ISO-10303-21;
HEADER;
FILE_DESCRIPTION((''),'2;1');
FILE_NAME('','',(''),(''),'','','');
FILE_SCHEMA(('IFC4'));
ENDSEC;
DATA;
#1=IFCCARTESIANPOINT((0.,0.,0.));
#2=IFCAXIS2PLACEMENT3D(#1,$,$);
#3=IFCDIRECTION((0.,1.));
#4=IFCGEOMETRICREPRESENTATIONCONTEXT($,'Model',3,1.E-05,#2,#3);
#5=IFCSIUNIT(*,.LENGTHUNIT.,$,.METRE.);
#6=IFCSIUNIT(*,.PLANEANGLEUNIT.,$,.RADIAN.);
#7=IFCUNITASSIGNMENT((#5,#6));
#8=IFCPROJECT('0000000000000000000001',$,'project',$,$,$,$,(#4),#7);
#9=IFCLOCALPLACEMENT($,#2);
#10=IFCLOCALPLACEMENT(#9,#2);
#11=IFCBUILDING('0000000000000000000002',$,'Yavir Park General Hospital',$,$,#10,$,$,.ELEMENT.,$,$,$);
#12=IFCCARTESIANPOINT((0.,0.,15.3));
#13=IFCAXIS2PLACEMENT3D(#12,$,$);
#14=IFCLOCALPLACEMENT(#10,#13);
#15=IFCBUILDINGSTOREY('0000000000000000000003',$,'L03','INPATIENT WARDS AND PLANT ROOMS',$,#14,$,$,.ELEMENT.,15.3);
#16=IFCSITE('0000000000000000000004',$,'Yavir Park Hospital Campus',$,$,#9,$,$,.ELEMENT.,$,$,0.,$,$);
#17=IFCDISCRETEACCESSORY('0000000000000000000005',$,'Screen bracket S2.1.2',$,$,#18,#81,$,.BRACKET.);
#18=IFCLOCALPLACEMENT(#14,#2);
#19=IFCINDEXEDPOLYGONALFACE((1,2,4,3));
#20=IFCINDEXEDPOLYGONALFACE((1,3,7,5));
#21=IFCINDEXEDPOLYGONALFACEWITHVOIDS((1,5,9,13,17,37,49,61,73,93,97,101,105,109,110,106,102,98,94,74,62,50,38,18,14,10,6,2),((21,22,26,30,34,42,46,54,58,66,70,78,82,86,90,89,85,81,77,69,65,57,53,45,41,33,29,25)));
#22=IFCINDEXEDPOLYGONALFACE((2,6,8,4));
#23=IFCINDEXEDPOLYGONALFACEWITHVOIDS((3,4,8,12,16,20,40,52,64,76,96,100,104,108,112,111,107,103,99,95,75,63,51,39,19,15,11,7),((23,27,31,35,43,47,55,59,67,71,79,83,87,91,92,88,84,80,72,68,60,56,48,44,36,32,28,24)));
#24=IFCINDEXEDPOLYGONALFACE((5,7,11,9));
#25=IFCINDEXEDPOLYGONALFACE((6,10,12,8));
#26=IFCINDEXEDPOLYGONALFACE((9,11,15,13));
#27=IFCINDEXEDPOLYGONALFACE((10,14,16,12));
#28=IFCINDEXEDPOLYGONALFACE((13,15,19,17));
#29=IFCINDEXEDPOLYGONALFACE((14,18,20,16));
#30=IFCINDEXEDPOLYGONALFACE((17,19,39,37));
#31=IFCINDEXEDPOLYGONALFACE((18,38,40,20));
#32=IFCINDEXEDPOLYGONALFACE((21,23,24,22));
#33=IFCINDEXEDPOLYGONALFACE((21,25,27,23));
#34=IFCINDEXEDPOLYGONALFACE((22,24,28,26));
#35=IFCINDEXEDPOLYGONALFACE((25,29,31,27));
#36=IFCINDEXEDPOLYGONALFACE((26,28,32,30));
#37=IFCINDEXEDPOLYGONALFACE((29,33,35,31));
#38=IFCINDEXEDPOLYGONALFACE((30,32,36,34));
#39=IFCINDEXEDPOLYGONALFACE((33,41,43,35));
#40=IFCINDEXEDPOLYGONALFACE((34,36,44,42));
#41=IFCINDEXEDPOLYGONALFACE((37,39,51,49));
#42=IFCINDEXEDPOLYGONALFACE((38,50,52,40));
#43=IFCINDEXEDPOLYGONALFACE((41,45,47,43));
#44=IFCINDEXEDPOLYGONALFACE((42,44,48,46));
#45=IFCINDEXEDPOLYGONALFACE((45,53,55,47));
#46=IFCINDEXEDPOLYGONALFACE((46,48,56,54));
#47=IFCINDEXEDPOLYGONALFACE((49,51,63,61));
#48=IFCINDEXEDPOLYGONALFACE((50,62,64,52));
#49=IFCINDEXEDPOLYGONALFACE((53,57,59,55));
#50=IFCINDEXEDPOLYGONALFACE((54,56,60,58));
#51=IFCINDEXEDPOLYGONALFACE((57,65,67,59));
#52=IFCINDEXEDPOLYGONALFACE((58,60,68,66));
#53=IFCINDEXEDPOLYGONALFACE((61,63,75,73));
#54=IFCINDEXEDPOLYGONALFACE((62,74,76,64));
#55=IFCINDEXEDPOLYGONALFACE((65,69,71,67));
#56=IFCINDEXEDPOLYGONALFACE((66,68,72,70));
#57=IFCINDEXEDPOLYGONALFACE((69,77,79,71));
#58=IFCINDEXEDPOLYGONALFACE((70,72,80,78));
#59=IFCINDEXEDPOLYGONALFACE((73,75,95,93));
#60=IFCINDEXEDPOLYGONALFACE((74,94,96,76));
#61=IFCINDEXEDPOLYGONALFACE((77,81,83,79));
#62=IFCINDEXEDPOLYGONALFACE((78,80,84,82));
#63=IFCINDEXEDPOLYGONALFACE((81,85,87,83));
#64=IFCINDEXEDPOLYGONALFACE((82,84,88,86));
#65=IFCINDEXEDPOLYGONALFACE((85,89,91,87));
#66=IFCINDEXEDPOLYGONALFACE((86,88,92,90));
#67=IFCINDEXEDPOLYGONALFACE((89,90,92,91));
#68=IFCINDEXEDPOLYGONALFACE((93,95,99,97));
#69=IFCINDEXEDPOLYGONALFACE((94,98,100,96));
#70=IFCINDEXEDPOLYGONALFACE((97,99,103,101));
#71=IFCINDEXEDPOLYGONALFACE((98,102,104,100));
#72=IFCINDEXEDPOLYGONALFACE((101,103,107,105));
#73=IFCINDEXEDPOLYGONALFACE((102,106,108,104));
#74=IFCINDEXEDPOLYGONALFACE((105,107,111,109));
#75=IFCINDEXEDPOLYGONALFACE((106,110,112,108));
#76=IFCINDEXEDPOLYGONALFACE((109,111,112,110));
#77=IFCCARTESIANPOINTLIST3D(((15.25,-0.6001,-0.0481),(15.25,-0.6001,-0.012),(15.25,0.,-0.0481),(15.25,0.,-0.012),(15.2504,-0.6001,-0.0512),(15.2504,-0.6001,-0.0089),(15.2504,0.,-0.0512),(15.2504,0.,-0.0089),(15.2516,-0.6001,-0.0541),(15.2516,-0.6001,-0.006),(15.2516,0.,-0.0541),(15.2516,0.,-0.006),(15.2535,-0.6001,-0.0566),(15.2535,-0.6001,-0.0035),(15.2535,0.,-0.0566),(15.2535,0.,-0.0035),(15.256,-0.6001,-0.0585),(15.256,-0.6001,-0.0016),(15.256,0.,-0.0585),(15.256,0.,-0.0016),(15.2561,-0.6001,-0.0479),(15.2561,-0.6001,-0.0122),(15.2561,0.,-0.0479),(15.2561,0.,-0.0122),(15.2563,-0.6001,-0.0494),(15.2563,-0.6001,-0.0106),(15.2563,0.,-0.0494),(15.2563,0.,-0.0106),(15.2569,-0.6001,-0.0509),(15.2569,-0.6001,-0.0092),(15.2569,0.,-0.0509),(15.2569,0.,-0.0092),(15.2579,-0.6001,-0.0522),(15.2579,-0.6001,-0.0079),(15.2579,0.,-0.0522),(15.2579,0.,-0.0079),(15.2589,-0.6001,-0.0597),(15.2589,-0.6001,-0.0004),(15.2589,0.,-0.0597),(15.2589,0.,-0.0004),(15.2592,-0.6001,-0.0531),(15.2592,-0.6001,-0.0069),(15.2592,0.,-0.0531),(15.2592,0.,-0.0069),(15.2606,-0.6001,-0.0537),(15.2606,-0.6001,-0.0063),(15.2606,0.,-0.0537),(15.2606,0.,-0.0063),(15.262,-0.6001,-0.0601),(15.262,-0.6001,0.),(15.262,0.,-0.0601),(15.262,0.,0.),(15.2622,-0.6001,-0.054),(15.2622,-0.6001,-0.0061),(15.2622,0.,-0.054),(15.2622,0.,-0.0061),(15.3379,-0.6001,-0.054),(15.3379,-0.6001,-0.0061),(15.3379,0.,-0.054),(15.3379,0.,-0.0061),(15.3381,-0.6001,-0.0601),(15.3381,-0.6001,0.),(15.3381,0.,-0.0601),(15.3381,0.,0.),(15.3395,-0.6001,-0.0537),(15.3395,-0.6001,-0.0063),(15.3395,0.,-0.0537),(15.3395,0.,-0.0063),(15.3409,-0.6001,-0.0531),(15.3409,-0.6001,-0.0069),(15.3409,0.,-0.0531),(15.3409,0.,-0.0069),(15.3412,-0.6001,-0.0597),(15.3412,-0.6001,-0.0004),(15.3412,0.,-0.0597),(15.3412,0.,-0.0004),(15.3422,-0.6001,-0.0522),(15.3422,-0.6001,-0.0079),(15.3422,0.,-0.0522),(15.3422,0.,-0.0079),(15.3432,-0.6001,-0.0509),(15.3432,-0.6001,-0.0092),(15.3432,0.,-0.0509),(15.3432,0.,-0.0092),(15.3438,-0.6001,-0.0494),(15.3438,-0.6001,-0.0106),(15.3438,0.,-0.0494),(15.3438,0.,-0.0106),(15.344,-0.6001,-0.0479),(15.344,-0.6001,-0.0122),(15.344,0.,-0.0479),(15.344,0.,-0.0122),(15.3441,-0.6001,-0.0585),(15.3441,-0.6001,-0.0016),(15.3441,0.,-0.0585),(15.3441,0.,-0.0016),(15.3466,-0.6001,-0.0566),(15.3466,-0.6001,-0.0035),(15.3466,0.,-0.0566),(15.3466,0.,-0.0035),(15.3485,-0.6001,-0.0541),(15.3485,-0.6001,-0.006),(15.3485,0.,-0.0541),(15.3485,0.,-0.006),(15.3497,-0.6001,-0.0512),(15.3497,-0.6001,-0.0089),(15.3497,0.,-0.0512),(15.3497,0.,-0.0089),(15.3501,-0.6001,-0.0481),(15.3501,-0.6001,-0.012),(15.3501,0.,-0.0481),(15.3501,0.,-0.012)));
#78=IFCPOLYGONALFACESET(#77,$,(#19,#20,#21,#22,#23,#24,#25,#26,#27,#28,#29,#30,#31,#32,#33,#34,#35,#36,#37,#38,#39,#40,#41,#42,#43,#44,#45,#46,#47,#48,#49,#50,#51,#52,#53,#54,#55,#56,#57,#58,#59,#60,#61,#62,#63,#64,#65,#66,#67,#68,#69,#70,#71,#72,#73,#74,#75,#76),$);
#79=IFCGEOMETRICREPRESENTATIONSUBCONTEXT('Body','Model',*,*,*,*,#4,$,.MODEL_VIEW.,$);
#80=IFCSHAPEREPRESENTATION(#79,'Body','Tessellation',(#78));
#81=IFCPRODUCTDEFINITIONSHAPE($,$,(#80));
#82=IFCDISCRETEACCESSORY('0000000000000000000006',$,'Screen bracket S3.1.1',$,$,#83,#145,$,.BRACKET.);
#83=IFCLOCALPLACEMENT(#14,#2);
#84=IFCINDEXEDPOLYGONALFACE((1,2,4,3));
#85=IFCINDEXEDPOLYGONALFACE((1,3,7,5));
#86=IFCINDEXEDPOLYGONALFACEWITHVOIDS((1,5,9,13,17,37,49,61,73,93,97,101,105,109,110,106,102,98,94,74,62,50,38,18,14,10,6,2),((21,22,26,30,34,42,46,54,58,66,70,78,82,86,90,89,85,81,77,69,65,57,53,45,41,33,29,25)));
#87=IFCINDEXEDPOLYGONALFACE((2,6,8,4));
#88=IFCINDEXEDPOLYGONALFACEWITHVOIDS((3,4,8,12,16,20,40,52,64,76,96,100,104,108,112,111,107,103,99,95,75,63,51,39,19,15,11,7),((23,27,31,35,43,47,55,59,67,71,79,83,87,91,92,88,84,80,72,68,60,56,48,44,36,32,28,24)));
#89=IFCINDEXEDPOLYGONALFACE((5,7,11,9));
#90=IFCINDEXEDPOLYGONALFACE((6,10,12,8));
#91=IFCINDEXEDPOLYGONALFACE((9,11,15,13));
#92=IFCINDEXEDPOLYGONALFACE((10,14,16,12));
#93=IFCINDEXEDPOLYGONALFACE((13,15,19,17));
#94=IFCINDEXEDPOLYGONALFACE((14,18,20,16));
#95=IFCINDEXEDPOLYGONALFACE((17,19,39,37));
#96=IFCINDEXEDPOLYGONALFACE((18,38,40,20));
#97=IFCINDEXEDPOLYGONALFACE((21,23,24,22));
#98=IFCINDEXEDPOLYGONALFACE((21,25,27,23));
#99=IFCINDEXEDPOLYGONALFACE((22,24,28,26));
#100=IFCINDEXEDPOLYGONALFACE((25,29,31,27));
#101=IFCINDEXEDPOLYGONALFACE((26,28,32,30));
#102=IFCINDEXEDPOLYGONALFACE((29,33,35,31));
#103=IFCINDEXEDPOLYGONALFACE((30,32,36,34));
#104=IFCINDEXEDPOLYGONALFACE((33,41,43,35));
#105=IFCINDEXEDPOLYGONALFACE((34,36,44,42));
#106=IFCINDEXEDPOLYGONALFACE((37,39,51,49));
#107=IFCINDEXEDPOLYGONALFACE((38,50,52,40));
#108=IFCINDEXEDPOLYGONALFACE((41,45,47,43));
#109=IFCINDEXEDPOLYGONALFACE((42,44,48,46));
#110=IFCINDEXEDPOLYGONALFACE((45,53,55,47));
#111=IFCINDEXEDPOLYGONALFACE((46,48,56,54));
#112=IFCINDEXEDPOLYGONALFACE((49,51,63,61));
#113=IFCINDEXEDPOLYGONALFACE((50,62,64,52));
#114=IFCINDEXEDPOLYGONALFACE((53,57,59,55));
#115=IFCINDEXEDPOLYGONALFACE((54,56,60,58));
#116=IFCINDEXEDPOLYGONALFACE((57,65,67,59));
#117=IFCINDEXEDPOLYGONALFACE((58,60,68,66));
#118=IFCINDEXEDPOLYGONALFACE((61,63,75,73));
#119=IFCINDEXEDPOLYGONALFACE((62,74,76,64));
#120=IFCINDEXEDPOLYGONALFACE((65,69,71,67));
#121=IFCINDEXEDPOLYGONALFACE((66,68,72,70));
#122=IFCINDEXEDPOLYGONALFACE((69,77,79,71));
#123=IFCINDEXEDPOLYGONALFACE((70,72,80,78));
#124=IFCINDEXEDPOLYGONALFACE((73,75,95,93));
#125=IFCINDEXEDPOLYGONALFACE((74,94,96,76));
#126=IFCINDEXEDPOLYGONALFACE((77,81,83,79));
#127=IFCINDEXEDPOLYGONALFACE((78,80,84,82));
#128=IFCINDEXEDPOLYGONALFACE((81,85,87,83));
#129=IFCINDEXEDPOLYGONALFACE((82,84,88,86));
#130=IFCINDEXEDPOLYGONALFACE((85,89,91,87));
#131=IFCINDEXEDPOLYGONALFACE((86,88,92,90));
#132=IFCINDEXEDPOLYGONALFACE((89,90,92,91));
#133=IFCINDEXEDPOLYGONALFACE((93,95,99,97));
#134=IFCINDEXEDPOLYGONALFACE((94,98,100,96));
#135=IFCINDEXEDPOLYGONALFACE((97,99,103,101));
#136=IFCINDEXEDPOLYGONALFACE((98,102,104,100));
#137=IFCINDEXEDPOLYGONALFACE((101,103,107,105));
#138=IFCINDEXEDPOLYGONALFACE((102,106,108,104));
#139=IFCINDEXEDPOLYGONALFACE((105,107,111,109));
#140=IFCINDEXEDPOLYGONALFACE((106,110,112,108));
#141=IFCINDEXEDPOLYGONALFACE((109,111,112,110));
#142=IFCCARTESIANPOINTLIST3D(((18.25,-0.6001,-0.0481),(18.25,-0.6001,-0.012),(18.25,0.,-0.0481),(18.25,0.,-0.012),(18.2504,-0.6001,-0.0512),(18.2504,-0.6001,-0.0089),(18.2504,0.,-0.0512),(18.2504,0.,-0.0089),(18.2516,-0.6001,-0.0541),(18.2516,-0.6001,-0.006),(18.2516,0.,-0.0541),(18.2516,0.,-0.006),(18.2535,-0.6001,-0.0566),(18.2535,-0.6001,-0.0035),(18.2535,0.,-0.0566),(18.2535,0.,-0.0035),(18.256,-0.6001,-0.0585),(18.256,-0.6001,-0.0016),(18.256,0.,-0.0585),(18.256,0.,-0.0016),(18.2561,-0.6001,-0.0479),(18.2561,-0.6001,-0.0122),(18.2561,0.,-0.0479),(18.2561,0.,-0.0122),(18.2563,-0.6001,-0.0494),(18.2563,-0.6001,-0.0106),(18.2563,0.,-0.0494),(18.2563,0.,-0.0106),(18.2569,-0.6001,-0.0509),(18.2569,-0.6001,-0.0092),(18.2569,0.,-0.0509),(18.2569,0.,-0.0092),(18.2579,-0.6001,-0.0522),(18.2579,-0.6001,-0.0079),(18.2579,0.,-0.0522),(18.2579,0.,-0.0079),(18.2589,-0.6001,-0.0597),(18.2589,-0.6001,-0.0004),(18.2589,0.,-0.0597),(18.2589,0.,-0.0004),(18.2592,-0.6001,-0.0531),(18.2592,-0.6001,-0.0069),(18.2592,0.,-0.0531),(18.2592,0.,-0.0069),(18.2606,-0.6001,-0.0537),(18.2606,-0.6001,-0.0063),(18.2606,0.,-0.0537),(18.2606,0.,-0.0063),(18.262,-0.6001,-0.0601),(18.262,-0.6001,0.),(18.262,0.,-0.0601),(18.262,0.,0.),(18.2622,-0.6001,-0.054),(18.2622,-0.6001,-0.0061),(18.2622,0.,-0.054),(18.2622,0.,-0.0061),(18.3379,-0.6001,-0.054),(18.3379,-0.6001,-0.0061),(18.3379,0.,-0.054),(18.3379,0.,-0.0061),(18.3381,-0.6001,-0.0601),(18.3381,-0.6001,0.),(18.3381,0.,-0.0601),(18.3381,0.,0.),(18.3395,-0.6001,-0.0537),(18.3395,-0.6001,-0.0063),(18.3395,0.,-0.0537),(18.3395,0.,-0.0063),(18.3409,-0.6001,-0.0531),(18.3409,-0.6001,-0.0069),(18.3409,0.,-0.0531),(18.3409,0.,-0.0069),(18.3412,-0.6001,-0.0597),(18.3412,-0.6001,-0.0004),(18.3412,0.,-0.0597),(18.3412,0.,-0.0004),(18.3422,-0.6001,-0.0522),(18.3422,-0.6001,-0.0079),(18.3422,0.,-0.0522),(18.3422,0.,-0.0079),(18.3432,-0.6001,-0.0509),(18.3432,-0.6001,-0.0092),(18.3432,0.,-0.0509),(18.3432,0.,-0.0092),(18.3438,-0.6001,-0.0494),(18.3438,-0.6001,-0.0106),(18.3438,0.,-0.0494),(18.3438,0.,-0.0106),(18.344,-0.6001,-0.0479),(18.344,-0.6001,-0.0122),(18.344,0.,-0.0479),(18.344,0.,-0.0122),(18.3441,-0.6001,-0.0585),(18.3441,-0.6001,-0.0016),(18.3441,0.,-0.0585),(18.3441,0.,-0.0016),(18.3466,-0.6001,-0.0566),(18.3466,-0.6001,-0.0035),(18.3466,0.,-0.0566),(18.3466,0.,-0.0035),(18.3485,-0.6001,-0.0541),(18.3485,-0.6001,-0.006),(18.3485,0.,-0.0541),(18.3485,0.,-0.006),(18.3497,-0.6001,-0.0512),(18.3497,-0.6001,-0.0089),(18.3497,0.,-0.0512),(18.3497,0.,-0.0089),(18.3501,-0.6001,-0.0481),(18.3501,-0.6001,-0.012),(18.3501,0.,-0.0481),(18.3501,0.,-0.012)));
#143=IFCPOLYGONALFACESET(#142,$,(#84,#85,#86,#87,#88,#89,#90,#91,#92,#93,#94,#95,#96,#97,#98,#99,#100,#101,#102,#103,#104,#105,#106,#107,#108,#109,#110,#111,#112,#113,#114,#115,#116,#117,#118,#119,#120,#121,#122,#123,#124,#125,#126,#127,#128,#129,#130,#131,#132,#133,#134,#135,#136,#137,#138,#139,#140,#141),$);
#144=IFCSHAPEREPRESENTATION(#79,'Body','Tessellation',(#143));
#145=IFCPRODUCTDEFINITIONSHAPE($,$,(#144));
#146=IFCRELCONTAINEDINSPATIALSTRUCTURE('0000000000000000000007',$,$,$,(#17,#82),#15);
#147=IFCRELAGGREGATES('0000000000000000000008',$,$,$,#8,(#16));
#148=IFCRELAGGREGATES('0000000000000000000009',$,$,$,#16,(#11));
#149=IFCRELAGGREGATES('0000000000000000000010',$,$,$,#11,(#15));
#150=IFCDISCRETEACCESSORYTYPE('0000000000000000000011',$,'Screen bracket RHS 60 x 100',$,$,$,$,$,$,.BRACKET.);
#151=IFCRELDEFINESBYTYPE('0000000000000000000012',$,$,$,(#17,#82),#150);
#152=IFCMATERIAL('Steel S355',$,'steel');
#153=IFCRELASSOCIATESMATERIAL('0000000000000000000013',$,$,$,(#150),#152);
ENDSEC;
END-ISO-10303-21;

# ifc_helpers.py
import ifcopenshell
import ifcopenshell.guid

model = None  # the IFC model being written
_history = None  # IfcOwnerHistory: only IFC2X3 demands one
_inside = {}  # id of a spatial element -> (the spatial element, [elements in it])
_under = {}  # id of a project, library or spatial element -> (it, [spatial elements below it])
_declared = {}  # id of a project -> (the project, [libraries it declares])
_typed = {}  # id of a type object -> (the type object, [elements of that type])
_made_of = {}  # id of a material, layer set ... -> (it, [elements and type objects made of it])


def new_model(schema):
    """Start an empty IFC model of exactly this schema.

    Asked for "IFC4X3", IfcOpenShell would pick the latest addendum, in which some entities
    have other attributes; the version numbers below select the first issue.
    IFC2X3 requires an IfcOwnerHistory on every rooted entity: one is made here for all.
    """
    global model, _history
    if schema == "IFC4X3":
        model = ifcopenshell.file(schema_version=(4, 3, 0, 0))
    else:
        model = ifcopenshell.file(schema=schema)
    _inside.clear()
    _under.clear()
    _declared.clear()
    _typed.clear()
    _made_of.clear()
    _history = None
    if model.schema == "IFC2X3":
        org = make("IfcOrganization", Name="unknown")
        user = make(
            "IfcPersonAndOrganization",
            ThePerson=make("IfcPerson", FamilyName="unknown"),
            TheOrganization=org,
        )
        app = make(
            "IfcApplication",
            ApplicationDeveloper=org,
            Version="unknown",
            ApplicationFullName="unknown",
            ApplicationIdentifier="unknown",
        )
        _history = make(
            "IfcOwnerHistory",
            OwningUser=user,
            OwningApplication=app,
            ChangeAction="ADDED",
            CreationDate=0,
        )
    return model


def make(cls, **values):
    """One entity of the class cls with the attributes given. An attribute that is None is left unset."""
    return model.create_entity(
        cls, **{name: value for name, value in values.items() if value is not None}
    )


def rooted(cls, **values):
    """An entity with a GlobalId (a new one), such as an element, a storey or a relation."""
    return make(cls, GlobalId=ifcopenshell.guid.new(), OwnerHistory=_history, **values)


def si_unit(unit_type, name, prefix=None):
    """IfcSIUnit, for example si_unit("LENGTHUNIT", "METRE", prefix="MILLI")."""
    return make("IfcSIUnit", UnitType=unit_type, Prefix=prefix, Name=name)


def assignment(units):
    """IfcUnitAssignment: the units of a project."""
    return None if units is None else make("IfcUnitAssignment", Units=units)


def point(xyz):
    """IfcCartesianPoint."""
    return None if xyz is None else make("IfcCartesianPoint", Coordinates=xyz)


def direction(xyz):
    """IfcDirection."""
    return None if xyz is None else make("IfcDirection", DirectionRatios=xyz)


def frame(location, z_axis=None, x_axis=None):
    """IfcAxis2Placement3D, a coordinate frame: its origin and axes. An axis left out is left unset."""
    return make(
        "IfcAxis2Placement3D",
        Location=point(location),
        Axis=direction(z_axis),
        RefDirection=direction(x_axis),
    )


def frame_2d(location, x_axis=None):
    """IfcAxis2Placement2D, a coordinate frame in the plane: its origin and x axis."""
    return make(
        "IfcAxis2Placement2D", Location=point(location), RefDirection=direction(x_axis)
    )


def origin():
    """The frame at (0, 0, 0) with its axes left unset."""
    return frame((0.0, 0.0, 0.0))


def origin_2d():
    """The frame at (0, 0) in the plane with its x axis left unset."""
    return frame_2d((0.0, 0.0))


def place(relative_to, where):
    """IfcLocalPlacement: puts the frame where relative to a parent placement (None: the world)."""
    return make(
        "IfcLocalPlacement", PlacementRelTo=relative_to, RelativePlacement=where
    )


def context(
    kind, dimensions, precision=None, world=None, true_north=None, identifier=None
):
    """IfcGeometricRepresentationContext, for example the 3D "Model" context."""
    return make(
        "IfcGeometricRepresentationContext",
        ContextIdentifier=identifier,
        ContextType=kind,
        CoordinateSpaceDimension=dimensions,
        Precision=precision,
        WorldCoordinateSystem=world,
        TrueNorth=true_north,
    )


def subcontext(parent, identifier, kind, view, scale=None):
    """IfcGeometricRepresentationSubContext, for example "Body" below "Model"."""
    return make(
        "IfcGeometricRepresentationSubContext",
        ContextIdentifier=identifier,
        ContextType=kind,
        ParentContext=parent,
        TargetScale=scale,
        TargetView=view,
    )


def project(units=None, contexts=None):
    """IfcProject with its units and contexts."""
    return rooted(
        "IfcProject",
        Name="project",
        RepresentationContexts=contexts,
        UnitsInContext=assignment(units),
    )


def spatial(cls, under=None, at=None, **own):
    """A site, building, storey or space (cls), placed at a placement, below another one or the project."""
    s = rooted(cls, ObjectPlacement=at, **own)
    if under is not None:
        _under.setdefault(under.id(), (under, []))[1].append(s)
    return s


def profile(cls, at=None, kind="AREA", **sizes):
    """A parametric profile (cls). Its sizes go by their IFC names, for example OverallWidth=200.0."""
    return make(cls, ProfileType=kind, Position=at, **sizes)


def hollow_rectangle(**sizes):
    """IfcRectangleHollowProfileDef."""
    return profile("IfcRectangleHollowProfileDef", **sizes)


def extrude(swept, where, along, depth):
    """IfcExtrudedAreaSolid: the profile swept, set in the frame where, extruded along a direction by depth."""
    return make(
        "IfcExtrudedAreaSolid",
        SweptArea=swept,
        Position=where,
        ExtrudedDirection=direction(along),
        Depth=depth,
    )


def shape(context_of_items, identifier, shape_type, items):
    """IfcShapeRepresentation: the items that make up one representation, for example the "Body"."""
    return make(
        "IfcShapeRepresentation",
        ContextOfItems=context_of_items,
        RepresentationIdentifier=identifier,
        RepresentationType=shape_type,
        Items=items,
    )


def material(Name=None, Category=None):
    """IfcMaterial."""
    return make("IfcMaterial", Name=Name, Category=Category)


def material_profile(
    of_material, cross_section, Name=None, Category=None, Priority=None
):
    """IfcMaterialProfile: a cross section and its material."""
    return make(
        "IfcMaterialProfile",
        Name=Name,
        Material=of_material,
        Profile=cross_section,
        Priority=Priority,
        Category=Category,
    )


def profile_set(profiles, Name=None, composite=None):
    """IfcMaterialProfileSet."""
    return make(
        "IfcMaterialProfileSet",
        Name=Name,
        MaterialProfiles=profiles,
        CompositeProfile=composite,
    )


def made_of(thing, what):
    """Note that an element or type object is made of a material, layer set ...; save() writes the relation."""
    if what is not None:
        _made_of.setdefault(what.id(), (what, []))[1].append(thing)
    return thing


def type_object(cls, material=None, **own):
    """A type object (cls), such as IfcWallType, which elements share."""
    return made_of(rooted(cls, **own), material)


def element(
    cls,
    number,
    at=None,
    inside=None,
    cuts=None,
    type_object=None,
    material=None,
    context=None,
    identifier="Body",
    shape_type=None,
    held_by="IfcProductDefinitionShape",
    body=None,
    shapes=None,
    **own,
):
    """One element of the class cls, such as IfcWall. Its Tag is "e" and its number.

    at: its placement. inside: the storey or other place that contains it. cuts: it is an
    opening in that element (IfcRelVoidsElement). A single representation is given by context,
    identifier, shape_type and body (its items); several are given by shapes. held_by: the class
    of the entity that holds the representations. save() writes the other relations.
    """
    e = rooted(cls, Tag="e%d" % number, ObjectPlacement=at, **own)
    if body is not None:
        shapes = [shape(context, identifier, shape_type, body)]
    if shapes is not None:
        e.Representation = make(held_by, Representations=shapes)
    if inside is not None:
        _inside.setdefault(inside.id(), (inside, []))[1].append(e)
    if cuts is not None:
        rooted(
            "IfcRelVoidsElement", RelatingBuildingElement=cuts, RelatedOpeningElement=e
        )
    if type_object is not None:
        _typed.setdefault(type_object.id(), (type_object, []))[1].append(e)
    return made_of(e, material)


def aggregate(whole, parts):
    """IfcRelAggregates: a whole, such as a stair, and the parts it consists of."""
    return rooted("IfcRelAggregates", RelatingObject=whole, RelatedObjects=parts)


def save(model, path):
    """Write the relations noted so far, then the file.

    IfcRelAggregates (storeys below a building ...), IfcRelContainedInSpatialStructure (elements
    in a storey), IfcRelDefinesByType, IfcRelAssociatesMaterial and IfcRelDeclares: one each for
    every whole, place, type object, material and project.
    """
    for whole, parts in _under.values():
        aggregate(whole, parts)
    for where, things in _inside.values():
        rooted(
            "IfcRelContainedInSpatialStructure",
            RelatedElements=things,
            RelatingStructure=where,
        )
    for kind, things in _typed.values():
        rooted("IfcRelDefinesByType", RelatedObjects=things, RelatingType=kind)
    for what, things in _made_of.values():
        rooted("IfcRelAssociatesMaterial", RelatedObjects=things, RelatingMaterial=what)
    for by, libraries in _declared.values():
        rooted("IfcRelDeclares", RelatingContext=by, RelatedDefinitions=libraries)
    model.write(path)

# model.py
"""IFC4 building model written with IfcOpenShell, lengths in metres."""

from ifc_helpers import new_model, si_unit, direction, frame, origin, origin_2d, place, context, subcontext, project, spatial, hollow_rectangle, extrude, material, material_profile, profile_set, type_object, element, save


model = new_model("IFC4")

# Units and contexts
model_context = context("Model", 3, precision=1e-05, world=origin(), true_north=direction((0.0, 1.0)))
body_context = subcontext(model_context, "Body", "Model", "MODEL_VIEW")
ifc_project = project(units=[si_unit("LENGTHUNIT", "METRE"), si_unit("PLANEANGLEUNIT", "RADIAN")], contexts=[model_context])

# Site, building, storey
site_placement = place(None, origin())
site = spatial("IfcSite", under=ifc_project, at=site_placement, Name="Yavir Park Hospital Campus", CompositionType="ELEMENT", RefElevation=0.0)
building_placement = place(site_placement, origin())
building = spatial("IfcBuilding", under=site, at=building_placement, Name="Yavir Park General Hospital", CompositionType="ELEMENT")
storey_placement = place(building_placement, frame((0.0, 0.0, 15.3)))
storey = spatial("IfcBuildingStorey", under=building, at=storey_placement, Name="L03", Description="INPATIENT WARDS AND PLANT ROOMS", CompositionType="ELEMENT", Elevation=15.3)

# Discrete accessories
ifc_material_1 = material(Name="Steel S355", Category="steel")
ifc_material_profile_1 = material_profile(ifc_material_1, hollow_rectangle(XDim=0.1001, YDim=0.0601, WallThickness=0.0061, InnerFilletRadius=0.0061, OuterFilletRadius=0.012, at=origin_2d()), Name="RHS60x100x6")
ifc_profile_set_1 = profile_set([ifc_material_profile_1], Name="Steel S355")
discrete_accessory_type_1 = type_object("IfcDiscreteAccessoryType", Name="Screen bracket RHS 60 x 100", PredefinedType="BRACKET", material=ifc_profile_set_1)
for number, where, z_axis, x_axis, name in (
    (1, (15.3, 0.0, -0.03), (0.0, -1.0, 0.0), (1.0, 0.0, 0.0), "Screen bracket S2.1.2"),
    (2, (18.3, 0.0, -0.03), (0.0, -1.0, 0.0), (1.0, 0.0, 0.0), "Screen bracket S3.1.1"),
):
    element("IfcDiscreteAccessory", number, at=place(storey_placement, frame(where, z_axis=z_axis, x_axis=x_axis)), inside=storey, type_object=discrete_accessory_type_1, Name=name, PredefinedType="BRACKET", context=body_context, shape_type="SweptSolid", body=[
        extrude(hollow_rectangle(XDim=0.1001, YDim=0.0601, WallThickness=0.0061, InnerFilletRadius=0.0061, OuterFilletRadius=0.012, at=origin_2d()), origin(), (0.0, 0.0, 1.0), 0.6001),
    ])

save(model, "model.ifc")
